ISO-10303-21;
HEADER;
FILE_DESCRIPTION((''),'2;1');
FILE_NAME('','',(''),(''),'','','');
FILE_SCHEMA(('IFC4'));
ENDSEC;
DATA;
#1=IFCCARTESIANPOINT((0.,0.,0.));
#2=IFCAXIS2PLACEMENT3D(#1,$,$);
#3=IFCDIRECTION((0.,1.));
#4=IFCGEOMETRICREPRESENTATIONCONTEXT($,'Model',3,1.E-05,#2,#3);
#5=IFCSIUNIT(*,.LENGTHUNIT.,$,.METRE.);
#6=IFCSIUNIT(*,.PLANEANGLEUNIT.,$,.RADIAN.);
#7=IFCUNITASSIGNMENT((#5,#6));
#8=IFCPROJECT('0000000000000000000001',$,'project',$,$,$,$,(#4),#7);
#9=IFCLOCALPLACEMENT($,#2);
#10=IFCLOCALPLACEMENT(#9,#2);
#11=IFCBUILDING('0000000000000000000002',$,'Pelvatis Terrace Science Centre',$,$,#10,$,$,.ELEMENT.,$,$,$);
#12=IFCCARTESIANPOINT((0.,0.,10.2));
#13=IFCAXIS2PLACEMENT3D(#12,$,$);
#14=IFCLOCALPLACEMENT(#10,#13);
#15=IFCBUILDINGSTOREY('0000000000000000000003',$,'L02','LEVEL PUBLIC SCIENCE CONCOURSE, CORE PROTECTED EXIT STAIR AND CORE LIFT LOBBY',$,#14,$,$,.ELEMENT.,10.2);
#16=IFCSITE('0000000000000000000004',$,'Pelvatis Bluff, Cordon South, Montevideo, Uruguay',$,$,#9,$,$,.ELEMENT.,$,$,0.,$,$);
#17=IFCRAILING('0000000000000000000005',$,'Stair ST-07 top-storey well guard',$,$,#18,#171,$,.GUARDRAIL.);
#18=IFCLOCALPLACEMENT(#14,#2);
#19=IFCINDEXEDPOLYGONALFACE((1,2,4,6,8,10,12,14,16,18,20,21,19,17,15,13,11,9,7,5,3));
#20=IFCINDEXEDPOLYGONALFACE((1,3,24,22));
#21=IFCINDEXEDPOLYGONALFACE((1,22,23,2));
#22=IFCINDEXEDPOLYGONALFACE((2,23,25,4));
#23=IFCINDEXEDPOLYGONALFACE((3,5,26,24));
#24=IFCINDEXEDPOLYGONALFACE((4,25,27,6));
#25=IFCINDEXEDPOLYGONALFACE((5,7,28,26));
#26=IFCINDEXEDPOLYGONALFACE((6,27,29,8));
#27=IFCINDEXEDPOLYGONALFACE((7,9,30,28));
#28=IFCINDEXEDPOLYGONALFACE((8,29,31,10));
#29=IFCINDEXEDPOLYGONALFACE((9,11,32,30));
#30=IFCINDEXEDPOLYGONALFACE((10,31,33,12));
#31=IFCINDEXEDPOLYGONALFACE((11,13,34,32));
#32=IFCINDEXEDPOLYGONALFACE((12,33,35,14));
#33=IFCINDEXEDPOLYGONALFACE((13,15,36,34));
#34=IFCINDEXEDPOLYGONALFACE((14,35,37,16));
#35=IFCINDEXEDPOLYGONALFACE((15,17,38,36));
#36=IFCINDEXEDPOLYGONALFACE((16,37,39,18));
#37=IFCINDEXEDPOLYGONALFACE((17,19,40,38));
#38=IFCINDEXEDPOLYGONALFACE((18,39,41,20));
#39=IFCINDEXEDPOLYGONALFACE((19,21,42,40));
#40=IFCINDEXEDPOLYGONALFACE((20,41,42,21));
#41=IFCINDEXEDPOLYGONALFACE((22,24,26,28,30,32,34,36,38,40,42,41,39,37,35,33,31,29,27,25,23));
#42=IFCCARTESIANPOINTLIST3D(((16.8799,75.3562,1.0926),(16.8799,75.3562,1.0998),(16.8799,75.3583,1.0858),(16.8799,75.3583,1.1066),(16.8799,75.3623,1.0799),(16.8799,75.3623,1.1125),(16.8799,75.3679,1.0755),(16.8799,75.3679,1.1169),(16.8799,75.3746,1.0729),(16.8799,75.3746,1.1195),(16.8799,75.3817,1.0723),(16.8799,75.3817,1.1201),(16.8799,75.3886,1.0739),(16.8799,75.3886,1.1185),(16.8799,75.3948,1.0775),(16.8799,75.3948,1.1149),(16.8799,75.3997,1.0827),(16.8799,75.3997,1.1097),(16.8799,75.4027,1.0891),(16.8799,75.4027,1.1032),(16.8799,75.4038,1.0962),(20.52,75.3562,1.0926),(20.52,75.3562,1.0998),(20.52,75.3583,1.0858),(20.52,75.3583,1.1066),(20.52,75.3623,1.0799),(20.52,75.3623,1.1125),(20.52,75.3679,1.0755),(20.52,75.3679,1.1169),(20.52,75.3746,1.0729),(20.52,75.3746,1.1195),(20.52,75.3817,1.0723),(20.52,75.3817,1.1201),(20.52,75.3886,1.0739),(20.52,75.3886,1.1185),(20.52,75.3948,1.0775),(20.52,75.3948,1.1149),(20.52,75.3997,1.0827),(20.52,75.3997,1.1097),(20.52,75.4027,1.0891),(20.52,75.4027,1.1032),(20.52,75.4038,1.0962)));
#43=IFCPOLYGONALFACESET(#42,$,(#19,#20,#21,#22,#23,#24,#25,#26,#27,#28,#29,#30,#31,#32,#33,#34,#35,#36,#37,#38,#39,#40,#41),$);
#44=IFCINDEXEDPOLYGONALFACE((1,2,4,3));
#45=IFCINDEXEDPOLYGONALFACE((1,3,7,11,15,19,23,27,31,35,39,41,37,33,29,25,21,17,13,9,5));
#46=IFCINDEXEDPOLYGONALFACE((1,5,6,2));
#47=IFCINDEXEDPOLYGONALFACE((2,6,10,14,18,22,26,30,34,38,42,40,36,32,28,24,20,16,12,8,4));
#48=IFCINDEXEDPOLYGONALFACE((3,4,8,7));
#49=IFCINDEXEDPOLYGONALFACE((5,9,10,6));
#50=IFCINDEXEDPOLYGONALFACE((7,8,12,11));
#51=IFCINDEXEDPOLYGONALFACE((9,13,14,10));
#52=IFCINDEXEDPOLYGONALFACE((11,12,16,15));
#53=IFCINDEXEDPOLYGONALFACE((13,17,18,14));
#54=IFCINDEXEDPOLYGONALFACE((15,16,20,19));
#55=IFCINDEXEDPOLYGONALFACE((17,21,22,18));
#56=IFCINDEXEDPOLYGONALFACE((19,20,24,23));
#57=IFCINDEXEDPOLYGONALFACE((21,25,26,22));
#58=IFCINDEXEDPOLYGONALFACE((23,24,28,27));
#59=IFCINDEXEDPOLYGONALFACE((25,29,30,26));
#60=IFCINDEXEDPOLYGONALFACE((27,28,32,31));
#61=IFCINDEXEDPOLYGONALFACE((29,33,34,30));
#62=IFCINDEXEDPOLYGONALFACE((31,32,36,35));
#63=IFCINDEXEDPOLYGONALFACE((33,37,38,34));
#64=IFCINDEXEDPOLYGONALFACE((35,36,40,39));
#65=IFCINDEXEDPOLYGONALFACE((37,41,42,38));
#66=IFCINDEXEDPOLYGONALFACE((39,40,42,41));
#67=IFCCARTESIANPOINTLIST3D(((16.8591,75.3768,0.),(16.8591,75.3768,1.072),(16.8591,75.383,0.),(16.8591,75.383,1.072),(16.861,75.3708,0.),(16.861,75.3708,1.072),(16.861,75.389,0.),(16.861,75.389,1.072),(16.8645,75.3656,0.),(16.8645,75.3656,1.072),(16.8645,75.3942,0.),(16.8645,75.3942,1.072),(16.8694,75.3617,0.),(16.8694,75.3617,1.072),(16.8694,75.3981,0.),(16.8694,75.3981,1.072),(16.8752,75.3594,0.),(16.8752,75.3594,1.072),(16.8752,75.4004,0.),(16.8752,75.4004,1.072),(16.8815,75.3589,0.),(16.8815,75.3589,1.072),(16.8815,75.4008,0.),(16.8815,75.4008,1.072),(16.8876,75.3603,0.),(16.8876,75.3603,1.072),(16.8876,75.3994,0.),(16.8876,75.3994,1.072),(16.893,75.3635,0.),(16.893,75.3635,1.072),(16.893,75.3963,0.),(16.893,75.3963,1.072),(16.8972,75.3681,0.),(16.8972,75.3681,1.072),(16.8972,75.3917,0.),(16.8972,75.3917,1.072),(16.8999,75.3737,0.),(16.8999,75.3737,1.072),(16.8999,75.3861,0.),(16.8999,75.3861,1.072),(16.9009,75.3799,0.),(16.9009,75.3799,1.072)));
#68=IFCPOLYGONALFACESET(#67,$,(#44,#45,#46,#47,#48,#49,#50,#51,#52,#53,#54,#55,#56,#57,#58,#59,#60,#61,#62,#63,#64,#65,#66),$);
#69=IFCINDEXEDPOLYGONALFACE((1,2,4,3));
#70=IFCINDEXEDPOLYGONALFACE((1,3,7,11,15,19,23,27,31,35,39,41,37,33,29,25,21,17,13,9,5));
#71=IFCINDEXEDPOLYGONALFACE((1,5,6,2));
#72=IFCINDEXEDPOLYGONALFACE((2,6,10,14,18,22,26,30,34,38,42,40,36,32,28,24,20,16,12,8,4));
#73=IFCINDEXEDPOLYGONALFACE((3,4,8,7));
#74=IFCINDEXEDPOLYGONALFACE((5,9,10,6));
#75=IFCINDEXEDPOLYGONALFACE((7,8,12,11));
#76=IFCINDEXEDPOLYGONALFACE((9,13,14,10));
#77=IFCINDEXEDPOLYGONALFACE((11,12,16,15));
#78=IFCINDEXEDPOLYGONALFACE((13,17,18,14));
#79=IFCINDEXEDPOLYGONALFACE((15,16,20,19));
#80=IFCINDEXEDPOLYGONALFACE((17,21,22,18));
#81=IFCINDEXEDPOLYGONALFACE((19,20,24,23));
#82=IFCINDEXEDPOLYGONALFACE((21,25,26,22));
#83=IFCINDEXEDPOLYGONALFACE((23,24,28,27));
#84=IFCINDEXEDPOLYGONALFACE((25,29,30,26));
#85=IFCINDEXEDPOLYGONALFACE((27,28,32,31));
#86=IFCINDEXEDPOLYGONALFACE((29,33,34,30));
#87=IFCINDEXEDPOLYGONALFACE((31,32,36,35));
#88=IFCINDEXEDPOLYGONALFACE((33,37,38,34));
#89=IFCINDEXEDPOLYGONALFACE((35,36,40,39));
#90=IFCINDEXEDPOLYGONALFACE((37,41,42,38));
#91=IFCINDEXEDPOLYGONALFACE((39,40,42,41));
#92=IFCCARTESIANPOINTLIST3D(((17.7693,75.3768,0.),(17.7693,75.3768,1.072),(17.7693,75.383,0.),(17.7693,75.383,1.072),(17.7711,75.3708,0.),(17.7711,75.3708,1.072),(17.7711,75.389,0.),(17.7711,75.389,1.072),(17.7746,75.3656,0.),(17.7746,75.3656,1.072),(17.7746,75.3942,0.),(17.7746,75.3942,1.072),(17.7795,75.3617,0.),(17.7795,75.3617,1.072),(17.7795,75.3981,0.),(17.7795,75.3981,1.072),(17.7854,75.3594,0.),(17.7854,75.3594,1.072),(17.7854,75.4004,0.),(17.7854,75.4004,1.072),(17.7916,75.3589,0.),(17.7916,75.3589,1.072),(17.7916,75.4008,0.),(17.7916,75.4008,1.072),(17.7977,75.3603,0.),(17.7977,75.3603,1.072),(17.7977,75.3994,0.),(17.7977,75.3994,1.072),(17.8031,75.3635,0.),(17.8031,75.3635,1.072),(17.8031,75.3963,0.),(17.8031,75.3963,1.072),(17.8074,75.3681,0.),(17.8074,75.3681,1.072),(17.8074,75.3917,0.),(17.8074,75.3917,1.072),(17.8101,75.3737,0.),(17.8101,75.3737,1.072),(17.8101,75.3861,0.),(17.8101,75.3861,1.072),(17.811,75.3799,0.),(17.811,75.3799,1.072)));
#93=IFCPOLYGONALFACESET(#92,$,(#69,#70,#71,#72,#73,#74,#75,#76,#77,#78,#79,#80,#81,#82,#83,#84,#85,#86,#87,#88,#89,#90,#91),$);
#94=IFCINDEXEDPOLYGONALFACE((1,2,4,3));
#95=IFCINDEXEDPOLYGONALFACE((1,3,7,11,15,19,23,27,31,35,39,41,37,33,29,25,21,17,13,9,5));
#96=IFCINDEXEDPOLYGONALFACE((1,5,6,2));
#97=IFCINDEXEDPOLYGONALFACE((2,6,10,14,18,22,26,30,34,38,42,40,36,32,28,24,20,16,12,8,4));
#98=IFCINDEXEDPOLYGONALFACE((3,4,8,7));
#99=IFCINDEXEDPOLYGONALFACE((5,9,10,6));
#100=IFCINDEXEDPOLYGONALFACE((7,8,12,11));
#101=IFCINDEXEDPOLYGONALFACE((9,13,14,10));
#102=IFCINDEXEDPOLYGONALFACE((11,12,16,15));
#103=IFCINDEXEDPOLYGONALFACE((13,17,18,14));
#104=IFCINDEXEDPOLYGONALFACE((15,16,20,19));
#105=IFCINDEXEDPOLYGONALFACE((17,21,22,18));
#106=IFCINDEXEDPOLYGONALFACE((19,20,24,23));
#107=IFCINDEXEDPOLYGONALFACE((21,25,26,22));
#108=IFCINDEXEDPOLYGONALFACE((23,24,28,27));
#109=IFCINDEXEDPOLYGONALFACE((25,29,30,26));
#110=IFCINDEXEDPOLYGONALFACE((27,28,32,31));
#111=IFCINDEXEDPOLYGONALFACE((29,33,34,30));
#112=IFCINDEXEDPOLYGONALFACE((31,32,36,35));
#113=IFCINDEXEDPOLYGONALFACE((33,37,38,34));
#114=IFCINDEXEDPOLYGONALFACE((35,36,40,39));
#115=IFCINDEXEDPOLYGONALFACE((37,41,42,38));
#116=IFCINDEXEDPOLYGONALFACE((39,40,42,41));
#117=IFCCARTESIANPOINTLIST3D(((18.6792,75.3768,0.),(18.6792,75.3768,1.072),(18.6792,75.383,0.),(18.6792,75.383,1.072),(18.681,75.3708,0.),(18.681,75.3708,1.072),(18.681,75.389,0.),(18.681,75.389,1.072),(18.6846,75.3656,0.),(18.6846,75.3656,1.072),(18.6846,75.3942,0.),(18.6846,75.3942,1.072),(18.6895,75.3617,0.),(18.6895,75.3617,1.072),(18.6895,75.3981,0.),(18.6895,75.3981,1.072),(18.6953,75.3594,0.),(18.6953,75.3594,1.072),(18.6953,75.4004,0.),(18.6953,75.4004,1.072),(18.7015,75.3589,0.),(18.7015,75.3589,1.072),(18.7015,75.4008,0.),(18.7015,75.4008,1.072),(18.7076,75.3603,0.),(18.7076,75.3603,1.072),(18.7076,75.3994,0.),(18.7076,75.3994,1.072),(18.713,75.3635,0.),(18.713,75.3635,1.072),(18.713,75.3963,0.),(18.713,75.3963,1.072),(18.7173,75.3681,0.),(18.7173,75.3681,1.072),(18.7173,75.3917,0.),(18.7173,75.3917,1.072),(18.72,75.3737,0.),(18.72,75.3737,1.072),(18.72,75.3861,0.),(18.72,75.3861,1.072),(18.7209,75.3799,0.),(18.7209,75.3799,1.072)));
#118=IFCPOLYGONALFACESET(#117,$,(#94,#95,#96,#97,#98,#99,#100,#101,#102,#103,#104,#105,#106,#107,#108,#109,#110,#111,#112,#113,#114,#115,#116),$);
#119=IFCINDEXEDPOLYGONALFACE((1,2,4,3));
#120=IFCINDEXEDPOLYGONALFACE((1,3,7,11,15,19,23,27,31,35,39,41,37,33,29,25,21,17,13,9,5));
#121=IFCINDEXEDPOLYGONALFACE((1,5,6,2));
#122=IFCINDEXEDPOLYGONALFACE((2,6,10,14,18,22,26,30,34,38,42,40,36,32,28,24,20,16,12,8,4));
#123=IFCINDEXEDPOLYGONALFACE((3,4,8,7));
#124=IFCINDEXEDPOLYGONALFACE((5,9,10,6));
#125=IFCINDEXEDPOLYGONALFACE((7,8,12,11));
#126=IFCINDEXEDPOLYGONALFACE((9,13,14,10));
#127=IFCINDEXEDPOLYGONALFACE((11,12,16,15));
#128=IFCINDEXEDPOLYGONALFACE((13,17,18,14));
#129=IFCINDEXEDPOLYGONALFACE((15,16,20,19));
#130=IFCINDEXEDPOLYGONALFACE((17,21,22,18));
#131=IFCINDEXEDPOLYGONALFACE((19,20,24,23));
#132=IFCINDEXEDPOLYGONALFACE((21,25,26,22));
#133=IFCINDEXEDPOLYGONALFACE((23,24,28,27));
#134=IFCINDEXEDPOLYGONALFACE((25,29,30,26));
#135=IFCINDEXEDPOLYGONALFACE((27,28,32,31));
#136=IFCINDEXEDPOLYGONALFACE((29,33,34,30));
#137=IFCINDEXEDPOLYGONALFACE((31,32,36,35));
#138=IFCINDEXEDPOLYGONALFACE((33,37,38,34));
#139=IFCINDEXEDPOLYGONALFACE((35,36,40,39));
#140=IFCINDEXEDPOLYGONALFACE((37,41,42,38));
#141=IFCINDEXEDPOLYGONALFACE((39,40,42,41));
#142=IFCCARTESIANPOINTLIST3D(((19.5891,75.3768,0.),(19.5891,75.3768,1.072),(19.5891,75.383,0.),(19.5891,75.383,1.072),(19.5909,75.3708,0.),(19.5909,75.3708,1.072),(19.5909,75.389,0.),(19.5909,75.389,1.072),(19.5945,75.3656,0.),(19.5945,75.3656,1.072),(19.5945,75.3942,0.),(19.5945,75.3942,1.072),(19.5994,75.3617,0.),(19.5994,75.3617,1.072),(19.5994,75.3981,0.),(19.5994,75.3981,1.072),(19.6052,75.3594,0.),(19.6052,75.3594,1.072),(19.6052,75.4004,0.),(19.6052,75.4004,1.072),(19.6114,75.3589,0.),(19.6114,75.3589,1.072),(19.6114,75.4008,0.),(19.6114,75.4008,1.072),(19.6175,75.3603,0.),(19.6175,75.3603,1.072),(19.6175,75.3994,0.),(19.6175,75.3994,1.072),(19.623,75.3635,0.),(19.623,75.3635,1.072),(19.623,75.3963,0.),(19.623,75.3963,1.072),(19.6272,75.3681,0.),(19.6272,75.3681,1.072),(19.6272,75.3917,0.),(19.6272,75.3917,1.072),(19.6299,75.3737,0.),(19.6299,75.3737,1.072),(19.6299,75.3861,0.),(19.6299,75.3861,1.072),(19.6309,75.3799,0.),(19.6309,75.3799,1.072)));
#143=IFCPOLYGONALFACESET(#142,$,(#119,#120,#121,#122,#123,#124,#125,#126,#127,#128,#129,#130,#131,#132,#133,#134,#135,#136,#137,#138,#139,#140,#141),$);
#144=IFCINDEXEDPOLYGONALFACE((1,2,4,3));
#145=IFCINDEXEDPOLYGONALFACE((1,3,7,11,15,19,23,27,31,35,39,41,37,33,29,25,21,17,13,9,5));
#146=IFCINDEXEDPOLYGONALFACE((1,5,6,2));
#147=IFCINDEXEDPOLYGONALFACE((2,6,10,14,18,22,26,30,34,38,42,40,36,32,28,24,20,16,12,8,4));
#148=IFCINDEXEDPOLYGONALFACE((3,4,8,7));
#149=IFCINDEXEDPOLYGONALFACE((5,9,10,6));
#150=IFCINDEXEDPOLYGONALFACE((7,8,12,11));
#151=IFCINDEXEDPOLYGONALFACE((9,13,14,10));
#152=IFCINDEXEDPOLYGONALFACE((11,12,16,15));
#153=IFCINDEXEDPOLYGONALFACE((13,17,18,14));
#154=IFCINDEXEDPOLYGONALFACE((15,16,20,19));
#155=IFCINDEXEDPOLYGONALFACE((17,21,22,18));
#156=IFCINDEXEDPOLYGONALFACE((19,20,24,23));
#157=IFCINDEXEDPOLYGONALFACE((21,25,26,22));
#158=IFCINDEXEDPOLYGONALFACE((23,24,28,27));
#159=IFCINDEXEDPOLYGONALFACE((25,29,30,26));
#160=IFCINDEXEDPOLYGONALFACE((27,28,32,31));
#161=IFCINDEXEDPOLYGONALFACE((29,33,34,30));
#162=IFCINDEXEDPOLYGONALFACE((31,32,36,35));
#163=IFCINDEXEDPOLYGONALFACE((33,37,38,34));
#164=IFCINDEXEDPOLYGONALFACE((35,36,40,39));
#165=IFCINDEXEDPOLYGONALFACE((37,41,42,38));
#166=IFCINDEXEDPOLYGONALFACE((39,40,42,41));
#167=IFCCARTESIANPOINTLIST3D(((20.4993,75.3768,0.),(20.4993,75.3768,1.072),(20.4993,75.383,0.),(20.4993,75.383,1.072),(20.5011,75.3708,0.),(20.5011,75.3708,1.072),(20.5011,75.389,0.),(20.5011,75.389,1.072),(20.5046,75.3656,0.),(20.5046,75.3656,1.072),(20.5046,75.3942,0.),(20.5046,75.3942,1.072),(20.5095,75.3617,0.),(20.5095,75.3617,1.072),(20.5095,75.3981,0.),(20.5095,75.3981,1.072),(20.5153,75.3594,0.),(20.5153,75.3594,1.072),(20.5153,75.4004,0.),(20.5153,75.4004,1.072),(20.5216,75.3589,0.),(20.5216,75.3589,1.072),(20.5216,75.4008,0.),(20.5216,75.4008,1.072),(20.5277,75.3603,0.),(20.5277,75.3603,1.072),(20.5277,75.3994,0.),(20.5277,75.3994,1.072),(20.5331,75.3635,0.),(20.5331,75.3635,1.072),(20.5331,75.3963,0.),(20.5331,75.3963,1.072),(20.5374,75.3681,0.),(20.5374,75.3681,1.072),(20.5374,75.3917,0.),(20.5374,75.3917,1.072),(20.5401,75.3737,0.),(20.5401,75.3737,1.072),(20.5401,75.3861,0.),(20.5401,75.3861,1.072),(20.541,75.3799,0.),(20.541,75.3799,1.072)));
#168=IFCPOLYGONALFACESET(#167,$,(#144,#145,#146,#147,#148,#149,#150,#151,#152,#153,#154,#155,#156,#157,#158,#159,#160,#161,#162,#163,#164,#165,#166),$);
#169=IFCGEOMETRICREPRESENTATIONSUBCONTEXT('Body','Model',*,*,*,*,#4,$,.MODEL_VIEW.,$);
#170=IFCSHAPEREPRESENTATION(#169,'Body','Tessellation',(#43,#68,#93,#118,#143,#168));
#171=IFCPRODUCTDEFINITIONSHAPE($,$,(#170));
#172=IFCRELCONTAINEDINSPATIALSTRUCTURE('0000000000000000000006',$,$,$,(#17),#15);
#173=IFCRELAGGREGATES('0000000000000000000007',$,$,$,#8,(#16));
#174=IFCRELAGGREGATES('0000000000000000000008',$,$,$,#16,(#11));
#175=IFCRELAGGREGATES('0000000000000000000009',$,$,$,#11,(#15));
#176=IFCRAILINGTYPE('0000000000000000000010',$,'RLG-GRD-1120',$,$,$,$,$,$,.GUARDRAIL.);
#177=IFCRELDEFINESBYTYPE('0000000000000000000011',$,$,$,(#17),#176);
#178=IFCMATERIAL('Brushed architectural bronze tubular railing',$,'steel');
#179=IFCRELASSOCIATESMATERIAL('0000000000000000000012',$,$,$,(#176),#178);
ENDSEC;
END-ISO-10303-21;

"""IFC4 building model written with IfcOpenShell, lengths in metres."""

from ifc_helpers import new_model, si_unit, direction, frame, origin, origin_2d, place, context, subcontext, project, spatial, circle, extrude, material, type_object, element, save


model = new_model("IFC4")

# Units and contexts
model_context = context("Model", 3, precision=1e-05, world=origin(), true_north=direction((0.0, 1.0)))
body_context = subcontext(model_context, "Body", "Model", "MODEL_VIEW")
ifc_project = project(units=[si_unit("LENGTHUNIT", "METRE"), si_unit("PLANEANGLEUNIT", "RADIAN")], contexts=[model_context])

# Site, building, storey
site_placement = place(None, origin())
site = spatial("IfcSite", under=ifc_project, at=site_placement, Name="Pelvatis Bluff, Cordon South, Montevideo, Uruguay", CompositionType="ELEMENT", RefElevation=0.0)
building_placement = place(site_placement, origin())
building = spatial("IfcBuilding", under=site, at=building_placement, Name="Pelvatis Terrace Science Centre", CompositionType="ELEMENT")
storey_placement = place(building_placement, frame((0.0, 0.0, 10.2)))
storey = spatial("IfcBuildingStorey", under=building, at=storey_placement, Name="L02", Description="LEVEL PUBLIC SCIENCE CONCOURSE, CORE PROTECTED EXIT STAIR AND CORE LIFT LOBBY", CompositionType="ELEMENT", Elevation=10.2)

# Railing
ifc_material_1 = material(Name="Brushed architectural bronze tubular railing", Category="steel")
railing_type_1 = type_object("IfcRailingType", Name="RLG-GRD-1120", PredefinedType="GUARDRAIL", material=ifc_material_1)
railing_1_placement = place(storey_placement, frame((16.8799, 75.3799, 0.0)))
element("IfcRailing", 1, at=railing_1_placement, inside=storey, type_object=railing_type_1, Name="Stair ST-07 top-storey well guard", PredefinedType="GUARDRAIL", context=body_context, shape_type="SweptSolid", body=[
    extrude(circle(Radius=0.0239, at=origin_2d()), frame((0.0, 0.0, 1.0962), z_axis=(1.0, 0.0, 0.0), x_axis=(0.0, 1.0, 0.0)), (0.0, 0.0, 1.0), 3.6401),
    extrude(circle(Radius=0.021, at=origin_2d()), origin(), (0.0, 0.0, 1.0), 1.072),
    extrude(circle(Radius=0.021, at=origin_2d()), frame((0.9102, 0.0, 0.0)), (0.0, 0.0, 1.0), 1.072),
    extrude(circle(Radius=0.021, at=origin_2d()), frame((1.8201, 0.0, 0.0)), (0.0, 0.0, 1.0), 1.072),
    extrude(circle(Radius=0.021, at=origin_2d()), frame((2.73, 0.0, 0.0)), (0.0, 0.0, 1.0), 1.072),
    extrude(circle(Radius=0.021, at=origin_2d()), frame((3.6401, 0.0, 0.0)), (0.0, 0.0, 1.0), 1.072),
])

save(model, "model.ifc")
